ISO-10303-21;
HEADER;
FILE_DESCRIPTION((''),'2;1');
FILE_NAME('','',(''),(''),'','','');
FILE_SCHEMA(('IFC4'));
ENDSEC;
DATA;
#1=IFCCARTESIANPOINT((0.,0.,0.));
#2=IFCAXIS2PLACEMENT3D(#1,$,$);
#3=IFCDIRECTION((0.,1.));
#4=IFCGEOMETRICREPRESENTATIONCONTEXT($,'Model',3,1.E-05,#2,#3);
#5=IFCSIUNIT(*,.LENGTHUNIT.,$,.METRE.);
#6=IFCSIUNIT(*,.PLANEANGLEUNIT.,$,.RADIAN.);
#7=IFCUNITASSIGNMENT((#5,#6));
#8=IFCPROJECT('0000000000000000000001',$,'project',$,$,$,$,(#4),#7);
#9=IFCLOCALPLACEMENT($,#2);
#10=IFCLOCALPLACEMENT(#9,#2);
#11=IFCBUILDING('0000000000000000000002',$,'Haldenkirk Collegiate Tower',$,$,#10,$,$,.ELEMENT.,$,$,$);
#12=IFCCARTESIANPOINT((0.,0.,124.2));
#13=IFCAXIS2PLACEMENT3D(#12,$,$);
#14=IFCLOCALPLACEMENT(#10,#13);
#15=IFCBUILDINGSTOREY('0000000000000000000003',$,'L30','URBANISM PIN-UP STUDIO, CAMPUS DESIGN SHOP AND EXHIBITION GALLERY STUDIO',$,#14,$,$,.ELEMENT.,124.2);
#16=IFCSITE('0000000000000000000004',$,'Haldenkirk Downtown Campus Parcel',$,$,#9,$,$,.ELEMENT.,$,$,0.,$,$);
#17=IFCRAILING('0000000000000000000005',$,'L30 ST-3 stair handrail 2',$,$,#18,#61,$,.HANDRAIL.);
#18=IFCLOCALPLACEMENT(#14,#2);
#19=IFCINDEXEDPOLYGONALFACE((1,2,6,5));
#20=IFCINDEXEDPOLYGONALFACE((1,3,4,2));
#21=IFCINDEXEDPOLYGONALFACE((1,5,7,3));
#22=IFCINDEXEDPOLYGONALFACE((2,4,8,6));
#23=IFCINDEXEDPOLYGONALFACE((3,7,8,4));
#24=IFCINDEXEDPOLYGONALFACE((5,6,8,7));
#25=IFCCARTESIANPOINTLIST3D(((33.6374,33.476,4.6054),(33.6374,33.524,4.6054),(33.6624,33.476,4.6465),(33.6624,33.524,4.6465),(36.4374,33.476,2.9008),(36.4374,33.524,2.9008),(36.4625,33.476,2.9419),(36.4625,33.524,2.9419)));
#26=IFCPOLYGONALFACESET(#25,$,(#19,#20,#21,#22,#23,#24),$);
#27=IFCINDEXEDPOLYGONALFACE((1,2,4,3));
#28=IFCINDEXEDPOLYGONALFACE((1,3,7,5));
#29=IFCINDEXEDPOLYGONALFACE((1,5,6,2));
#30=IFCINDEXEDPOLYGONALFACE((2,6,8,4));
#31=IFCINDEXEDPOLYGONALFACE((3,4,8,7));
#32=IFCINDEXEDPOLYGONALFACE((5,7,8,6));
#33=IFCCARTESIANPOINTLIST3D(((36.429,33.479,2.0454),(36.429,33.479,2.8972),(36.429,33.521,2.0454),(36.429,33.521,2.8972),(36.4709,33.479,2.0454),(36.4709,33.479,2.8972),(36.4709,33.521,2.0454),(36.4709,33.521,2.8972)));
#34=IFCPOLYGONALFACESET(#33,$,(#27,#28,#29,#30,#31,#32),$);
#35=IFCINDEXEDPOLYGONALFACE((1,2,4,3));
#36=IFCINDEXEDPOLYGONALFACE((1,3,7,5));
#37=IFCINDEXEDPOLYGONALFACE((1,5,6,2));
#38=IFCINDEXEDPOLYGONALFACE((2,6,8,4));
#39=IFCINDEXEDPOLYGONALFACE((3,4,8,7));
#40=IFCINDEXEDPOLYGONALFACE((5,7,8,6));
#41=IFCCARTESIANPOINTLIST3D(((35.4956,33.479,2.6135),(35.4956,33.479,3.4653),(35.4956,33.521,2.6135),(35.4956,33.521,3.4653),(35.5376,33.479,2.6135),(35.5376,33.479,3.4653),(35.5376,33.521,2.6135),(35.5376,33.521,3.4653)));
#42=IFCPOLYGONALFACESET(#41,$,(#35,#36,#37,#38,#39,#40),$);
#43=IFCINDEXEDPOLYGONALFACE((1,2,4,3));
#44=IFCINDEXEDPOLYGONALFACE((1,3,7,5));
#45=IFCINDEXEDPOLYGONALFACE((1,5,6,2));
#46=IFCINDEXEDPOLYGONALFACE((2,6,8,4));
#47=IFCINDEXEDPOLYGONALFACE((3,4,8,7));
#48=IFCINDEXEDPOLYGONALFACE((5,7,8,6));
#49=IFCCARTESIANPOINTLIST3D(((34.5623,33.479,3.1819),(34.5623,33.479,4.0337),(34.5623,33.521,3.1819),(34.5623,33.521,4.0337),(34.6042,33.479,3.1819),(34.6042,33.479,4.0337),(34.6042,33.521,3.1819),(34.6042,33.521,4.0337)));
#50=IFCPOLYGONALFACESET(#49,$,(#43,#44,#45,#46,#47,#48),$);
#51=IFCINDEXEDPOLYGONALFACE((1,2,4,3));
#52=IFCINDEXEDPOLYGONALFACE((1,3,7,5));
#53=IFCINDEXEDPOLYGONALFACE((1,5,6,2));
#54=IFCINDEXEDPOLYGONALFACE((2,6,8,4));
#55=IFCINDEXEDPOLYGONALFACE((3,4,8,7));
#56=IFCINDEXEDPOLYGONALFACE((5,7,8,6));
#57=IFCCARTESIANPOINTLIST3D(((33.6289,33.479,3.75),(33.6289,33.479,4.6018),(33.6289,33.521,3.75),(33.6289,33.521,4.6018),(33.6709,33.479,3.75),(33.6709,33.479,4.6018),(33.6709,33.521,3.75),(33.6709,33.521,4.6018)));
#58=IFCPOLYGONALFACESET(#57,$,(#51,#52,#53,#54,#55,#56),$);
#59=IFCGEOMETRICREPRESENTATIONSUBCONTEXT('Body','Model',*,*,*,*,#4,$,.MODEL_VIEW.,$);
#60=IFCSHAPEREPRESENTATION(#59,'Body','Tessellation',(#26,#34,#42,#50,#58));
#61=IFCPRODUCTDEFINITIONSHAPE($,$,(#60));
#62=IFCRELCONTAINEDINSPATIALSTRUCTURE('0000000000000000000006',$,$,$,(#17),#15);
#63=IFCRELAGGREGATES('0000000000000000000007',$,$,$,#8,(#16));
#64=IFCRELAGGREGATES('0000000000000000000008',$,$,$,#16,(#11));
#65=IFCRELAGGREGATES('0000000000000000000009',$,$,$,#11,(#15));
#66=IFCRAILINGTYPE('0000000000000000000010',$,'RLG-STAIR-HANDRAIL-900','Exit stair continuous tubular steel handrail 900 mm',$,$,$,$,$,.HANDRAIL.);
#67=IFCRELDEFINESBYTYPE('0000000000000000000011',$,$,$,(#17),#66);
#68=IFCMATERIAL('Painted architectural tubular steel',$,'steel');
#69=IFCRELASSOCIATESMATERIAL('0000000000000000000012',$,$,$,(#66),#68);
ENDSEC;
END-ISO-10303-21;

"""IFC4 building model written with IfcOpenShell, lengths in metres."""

from ifc_helpers import new_model, si_unit, direction, frame, origin, origin_2d, place, context, subcontext, project, spatial, rectangle, extrude, material, type_object, element, save


model = new_model("IFC4")

# Units and contexts
model_context = context("Model", 3, precision=1e-05, world=origin(), true_north=direction((0.0, 1.0)))
body_context = subcontext(model_context, "Body", "Model", "MODEL_VIEW")
ifc_project = project(units=[si_unit("LENGTHUNIT", "METRE"), si_unit("PLANEANGLEUNIT", "RADIAN")], contexts=[model_context])

# Site, building, storey
site_placement = place(None, origin())
site = spatial("IfcSite", under=ifc_project, at=site_placement, Name="Haldenkirk Downtown Campus Parcel", CompositionType="ELEMENT", RefElevation=0.0)
building_placement = place(site_placement, origin())
building = spatial("IfcBuilding", under=site, at=building_placement, Name="Haldenkirk Collegiate Tower", CompositionType="ELEMENT")
storey_placement = place(building_placement, frame((0.0, 0.0, 124.2)))
storey = spatial("IfcBuildingStorey", under=building, at=storey_placement, Name="L30", Description="URBANISM PIN-UP STUDIO, CAMPUS DESIGN SHOP AND EXHIBITION GALLERY STUDIO", CompositionType="ELEMENT", Elevation=124.2)

# Railing
ifc_material_1 = material(Name="Painted architectural tubular steel", Category="steel")
railing_type_1 = type_object("IfcRailingType", Name="RLG-STAIR-HANDRAIL-900", Description="Exit stair continuous tubular steel handrail 900 mm", PredefinedType="HANDRAIL", material=ifc_material_1)
railing_1_placement = place(storey_placement, frame((36.45, 33.5, 2.0454)))
element("IfcRailing", 1, at=railing_1_placement, inside=storey, type_object=railing_type_1, Name="L30 ST-3 stair handrail 2", PredefinedType="HANDRAIL", context=body_context, shape_type="SweptSolid", body=[
    extrude(rectangle(XDim=0.0481, YDim=0.0481, at=origin_2d()), frame((0.0, 0.0, 0.876), z_axis=(-0.85417, 0.0, 0.519994), x_axis=(0.0, -1.0, 0.0)), (0.0, 0.0, 1.0), 3.2781),
    extrude(rectangle(XDim=0.042, YDim=0.042, at=origin_2d()), origin(), (0.0, 0.0, 1.0), 0.8518),
    extrude(rectangle(XDim=0.042, YDim=0.042, at=origin_2d()), frame((-0.9333, 0.0, 0.5681)), (0.0, 0.0, 1.0), 0.8518),
    extrude(rectangle(XDim=0.042, YDim=0.042, at=origin_2d()), frame((-1.8667, 0.0, 1.1365)), (0.0, 0.0, 1.0), 0.8518),
    extrude(rectangle(XDim=0.042, YDim=0.042, at=origin_2d()), frame((-2.8, 0.0, 1.7046)), (0.0, 0.0, 1.0), 0.8518),
])

save(model, "model.ifc")
